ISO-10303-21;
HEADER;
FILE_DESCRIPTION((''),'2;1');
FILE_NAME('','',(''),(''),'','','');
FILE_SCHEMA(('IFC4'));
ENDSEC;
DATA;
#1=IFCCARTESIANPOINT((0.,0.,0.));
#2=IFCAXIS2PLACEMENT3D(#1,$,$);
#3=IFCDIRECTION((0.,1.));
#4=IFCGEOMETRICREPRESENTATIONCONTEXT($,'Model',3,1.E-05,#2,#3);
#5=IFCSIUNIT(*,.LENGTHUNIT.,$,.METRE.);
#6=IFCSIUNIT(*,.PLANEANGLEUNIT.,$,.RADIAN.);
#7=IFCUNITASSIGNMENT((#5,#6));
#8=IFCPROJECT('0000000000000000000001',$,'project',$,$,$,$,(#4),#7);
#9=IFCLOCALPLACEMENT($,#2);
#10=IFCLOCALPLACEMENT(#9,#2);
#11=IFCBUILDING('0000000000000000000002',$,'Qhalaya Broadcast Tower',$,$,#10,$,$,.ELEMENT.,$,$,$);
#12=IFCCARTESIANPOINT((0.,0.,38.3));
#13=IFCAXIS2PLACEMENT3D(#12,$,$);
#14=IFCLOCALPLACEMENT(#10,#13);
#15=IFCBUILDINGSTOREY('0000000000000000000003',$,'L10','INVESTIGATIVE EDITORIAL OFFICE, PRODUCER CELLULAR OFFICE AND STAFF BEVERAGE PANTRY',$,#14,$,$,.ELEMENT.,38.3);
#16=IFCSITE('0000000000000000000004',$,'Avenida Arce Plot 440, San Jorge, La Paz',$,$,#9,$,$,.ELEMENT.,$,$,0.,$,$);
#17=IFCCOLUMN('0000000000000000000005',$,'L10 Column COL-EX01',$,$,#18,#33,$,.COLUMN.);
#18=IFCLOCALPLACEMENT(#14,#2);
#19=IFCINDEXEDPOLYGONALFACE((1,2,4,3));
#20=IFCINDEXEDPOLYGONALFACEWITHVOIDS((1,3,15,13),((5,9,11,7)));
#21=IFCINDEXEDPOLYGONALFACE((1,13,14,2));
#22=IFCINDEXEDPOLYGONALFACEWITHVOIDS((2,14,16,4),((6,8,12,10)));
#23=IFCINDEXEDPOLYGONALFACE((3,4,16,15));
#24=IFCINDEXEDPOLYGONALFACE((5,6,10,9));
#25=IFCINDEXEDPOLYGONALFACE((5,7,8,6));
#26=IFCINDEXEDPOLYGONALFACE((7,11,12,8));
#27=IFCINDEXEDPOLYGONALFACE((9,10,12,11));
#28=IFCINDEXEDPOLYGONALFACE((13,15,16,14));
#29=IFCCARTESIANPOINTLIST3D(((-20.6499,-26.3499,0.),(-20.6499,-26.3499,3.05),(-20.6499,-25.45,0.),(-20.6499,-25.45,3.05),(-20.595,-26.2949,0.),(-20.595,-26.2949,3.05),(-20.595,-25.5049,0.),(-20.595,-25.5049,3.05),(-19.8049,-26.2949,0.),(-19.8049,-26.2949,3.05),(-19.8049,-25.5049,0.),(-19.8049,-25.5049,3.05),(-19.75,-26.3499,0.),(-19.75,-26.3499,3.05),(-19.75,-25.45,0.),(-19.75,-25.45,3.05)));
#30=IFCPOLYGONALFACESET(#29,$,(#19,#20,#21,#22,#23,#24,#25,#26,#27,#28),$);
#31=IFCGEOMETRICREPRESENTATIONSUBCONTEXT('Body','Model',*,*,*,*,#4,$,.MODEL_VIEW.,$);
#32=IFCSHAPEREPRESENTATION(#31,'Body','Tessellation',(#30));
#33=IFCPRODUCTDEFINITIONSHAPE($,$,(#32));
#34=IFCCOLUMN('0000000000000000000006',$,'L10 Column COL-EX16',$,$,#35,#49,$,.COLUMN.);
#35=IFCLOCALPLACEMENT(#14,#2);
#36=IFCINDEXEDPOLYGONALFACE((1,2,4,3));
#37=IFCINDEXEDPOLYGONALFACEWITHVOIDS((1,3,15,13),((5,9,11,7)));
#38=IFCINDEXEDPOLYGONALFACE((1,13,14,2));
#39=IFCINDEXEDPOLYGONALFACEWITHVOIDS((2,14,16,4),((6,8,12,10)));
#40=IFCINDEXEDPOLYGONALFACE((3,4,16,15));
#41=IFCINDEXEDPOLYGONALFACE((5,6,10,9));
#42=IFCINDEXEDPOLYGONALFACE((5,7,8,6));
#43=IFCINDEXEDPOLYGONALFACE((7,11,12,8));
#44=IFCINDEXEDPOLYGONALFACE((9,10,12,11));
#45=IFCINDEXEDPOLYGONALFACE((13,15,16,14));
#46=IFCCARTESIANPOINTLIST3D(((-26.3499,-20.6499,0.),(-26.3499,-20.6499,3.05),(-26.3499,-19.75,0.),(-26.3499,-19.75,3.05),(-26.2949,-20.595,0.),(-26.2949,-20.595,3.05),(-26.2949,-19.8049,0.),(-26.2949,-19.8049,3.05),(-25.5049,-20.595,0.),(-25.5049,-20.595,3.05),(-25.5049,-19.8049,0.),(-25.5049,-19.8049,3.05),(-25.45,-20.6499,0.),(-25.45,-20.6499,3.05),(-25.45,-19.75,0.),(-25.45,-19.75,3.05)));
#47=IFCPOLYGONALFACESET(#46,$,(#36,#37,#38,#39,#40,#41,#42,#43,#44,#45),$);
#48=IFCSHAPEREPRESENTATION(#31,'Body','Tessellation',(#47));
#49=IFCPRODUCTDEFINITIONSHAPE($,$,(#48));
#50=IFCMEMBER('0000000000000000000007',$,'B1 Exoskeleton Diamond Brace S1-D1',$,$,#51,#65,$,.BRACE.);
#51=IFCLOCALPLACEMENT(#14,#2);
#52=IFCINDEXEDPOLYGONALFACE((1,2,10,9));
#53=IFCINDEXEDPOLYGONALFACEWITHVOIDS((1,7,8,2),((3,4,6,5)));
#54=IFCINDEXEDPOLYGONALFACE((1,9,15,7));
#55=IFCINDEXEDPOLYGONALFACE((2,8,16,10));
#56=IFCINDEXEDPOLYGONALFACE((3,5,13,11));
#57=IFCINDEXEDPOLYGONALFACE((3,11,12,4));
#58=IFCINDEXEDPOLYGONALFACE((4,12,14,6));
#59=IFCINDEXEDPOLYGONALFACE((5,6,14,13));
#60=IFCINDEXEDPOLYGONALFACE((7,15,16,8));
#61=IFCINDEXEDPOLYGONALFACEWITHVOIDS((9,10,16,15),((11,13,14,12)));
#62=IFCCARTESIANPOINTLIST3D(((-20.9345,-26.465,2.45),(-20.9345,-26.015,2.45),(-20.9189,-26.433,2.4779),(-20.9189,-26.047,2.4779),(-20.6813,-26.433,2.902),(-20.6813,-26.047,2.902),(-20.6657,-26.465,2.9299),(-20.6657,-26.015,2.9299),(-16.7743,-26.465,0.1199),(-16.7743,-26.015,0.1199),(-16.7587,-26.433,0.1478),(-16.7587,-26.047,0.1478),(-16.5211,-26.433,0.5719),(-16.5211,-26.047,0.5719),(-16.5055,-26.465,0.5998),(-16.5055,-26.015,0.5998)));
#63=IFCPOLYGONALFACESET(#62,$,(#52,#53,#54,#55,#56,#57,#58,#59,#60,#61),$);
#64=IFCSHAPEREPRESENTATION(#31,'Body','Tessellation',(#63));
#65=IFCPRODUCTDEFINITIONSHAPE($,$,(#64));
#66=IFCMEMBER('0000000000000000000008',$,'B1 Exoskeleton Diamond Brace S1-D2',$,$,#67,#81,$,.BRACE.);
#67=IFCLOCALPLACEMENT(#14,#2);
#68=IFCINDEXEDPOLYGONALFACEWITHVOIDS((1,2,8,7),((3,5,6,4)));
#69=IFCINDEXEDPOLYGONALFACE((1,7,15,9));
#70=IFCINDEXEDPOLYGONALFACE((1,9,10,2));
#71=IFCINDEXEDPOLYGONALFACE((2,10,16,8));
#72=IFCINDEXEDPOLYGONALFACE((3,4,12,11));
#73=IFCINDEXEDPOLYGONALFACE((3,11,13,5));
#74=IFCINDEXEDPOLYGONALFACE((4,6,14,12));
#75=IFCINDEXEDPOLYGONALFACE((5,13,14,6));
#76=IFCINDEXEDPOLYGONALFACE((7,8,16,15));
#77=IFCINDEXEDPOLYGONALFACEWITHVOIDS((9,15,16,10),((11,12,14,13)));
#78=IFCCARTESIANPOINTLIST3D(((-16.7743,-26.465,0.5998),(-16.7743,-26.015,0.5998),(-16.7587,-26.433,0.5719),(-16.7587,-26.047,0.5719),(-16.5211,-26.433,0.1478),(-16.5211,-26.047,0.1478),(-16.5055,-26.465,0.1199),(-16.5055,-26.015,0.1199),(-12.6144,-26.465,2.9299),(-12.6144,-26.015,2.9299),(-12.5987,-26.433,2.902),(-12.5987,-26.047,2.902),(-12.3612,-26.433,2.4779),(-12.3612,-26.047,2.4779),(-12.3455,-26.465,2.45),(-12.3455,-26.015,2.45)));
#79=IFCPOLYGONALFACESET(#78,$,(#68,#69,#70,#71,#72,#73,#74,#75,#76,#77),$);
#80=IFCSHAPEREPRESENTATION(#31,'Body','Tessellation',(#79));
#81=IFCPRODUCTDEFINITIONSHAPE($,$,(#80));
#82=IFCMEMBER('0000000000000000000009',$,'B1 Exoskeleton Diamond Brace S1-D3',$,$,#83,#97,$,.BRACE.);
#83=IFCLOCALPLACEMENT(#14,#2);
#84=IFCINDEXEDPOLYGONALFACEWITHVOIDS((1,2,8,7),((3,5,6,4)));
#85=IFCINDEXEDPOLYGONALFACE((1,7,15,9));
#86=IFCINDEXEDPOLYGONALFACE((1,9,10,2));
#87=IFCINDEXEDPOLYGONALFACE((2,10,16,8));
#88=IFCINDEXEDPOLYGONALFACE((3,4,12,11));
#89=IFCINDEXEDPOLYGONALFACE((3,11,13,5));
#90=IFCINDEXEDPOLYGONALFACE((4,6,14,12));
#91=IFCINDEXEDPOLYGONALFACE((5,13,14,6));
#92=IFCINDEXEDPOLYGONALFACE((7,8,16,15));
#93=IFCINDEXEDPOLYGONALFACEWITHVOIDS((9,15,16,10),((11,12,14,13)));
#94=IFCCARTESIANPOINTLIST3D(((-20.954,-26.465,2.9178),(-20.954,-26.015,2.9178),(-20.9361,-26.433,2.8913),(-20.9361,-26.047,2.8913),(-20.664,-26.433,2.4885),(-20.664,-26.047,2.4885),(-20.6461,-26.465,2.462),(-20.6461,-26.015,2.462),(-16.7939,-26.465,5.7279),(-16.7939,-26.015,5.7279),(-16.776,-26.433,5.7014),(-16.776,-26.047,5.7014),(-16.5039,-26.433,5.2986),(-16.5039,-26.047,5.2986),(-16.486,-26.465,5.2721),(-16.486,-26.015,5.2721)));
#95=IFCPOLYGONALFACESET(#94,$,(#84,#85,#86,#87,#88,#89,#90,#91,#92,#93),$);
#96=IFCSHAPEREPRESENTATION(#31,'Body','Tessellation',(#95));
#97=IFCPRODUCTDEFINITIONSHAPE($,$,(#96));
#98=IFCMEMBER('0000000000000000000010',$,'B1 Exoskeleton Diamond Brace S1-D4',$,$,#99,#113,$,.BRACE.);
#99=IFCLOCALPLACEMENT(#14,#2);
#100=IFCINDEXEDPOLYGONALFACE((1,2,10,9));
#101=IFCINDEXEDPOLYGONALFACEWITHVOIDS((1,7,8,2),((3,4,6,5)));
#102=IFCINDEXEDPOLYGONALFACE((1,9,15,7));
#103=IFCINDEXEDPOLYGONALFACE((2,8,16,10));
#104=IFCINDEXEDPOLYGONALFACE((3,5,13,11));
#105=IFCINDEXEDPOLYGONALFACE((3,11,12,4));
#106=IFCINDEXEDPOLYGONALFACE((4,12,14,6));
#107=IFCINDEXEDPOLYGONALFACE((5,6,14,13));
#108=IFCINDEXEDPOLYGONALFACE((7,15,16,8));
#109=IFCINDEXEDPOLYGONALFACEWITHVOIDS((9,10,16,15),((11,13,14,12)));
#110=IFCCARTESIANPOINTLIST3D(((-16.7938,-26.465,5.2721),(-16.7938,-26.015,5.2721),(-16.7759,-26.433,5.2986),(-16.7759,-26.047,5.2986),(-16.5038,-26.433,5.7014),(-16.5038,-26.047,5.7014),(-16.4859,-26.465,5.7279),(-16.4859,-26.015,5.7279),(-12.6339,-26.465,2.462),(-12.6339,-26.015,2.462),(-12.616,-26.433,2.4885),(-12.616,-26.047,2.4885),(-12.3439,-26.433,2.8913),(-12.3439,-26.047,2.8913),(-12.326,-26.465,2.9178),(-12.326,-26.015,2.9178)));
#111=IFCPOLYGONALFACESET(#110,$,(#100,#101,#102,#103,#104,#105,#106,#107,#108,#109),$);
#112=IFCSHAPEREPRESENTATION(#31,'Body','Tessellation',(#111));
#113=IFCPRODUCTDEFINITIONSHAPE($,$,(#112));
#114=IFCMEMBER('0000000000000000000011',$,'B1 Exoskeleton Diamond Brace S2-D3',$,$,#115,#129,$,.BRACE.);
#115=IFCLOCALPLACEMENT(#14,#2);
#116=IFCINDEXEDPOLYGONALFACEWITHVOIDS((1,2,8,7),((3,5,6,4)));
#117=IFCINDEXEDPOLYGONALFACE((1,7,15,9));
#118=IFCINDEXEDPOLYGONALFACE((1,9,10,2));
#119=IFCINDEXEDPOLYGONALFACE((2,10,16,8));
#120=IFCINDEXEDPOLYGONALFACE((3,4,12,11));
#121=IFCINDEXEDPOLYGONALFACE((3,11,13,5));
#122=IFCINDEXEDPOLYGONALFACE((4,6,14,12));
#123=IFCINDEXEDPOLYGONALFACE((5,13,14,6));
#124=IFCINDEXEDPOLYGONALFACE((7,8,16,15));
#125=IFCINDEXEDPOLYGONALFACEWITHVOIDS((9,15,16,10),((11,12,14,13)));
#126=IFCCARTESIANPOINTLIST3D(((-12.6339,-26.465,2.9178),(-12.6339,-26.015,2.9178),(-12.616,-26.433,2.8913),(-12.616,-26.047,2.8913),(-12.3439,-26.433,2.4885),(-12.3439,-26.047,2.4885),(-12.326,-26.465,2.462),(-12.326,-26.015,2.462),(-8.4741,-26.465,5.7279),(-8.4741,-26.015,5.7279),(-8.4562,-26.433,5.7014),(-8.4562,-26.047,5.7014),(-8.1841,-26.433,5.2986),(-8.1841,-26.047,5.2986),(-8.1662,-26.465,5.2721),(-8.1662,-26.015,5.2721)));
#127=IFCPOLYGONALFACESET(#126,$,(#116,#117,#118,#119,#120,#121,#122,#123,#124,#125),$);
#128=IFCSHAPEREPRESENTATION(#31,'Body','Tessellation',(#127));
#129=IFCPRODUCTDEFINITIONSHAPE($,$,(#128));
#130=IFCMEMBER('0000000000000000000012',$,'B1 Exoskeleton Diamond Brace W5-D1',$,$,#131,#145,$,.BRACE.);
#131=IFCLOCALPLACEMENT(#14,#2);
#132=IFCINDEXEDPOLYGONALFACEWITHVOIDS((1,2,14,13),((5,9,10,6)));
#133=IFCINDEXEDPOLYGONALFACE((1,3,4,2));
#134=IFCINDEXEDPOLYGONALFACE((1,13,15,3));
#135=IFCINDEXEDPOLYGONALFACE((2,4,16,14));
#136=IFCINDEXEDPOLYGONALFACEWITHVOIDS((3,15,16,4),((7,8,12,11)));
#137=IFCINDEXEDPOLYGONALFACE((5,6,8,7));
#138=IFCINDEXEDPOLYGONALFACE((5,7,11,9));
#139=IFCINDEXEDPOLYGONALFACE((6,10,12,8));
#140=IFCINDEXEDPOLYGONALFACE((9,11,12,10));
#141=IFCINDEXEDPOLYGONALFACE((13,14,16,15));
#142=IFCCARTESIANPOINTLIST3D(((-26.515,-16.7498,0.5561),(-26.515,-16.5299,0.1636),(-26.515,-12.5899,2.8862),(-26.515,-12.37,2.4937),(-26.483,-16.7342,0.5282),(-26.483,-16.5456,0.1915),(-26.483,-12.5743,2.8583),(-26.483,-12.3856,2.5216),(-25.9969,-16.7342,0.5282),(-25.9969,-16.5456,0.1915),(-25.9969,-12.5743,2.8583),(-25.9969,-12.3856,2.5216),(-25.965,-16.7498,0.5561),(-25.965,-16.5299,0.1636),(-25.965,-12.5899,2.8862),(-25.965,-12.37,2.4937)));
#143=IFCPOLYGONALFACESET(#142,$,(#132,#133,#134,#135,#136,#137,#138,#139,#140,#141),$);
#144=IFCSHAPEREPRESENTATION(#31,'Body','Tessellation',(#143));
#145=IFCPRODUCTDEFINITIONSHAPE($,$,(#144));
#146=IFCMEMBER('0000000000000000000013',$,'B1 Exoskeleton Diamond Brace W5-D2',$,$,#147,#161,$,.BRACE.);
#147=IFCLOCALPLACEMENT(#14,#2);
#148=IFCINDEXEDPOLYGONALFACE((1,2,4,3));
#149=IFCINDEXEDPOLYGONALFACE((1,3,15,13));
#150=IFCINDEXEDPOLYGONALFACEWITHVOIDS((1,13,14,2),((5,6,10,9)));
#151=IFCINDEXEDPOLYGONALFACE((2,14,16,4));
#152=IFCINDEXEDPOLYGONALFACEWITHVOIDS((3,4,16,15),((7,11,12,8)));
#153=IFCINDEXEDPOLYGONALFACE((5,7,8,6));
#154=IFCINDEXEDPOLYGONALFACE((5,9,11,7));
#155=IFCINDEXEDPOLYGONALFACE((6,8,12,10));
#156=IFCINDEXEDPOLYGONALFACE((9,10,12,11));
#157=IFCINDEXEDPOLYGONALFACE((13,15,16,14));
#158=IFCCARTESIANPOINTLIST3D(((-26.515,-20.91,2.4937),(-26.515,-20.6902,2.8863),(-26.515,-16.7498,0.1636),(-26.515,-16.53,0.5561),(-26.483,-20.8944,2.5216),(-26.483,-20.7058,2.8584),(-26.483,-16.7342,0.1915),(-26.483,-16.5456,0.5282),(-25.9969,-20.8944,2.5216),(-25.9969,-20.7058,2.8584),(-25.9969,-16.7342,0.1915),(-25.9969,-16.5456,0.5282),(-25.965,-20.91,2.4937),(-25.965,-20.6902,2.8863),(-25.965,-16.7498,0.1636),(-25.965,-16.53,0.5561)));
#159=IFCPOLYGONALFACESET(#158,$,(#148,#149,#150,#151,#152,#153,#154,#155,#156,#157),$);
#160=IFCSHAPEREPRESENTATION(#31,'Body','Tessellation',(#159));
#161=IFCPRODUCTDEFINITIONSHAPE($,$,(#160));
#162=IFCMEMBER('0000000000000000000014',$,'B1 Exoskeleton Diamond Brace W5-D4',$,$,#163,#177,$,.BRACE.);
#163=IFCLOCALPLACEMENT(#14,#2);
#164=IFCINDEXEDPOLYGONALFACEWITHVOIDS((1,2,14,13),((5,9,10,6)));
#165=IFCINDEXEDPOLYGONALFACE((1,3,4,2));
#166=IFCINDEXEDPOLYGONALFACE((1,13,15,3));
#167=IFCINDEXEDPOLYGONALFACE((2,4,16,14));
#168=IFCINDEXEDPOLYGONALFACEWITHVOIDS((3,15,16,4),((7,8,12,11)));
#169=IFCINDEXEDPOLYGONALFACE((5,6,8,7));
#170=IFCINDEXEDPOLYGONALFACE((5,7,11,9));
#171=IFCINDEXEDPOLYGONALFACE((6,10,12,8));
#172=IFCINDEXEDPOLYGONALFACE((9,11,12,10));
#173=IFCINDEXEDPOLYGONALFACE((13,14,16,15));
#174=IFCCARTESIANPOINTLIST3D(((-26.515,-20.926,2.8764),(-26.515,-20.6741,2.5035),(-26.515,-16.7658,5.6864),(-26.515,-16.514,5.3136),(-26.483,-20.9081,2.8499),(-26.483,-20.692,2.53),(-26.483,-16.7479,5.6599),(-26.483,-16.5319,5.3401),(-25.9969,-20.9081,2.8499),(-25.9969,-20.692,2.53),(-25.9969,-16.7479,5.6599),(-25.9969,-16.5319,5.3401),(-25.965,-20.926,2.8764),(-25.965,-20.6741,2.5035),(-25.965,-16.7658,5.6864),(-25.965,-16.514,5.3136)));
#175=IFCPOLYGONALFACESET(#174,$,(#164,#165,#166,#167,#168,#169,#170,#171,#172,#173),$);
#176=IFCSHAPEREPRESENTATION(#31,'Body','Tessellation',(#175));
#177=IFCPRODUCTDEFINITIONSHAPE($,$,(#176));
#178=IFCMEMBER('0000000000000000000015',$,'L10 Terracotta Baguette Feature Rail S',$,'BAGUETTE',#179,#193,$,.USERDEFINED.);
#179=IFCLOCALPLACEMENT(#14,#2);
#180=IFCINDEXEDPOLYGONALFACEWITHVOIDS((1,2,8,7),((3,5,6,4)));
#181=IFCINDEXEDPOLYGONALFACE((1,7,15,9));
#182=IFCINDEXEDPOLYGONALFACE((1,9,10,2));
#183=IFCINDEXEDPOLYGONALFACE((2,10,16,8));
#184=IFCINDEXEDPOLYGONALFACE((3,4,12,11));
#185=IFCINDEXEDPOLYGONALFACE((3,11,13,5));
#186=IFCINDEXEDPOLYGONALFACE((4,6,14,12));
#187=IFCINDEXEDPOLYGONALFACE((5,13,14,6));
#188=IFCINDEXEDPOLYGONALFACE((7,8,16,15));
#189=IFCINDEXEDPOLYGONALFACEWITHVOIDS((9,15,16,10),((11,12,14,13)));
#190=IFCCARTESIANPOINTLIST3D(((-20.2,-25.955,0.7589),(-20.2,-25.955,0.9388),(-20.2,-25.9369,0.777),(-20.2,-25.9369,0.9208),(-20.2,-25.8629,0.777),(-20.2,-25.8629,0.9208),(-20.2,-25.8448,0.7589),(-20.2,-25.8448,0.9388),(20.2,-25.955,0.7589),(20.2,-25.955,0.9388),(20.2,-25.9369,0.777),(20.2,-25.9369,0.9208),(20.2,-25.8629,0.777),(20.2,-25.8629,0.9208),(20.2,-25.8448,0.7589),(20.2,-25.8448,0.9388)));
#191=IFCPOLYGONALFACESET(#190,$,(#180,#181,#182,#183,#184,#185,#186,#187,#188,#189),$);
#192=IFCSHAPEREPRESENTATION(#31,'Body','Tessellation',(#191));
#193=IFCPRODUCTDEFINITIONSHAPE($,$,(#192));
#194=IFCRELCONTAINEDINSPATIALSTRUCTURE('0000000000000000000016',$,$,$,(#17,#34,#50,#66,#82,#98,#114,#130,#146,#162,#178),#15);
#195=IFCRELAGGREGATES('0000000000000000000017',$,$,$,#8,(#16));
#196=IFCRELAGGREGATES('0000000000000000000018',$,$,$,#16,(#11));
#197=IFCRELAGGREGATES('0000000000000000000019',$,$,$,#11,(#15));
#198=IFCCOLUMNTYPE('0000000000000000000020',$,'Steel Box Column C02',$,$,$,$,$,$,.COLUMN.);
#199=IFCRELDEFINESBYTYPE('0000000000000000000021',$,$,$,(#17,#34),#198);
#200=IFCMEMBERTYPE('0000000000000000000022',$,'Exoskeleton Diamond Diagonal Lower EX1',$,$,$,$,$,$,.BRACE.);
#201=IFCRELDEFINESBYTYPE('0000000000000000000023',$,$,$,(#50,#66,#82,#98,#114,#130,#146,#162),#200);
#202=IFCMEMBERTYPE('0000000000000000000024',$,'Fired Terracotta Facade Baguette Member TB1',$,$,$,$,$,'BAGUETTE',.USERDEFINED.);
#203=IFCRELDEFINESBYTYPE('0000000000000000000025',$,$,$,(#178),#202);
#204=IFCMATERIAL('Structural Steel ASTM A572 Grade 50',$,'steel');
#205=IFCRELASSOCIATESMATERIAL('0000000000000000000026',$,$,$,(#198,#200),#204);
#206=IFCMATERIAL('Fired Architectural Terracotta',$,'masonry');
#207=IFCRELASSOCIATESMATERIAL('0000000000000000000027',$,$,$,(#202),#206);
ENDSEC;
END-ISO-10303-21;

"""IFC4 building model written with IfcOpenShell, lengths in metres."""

from ifc_helpers import new_model, si_unit, direction, frame, origin, origin_2d, place, context, subcontext, project, spatial, hollow_rectangle, extrude, material, material_profile, profile_set, type_object, element, save


model = new_model("IFC4")

# Units and contexts
model_context = context("Model", 3, precision=1e-05, world=origin(), true_north=direction((0.0, 1.0)))
body_context = subcontext(model_context, "Body", "Model", "MODEL_VIEW")
ifc_project = project(units=[si_unit("LENGTHUNIT", "METRE"), si_unit("PLANEANGLEUNIT", "RADIAN")], contexts=[model_context])

# Site, building, storey
site_placement = place(None, origin())
site = spatial("IfcSite", under=ifc_project, at=site_placement, Name="Avenida Arce Plot 440, San Jorge, La Paz", CompositionType="ELEMENT", RefElevation=0.0)
building_placement = place(site_placement, origin())
building = spatial("IfcBuilding", under=site, at=building_placement, Name="Qhalaya Broadcast Tower", CompositionType="ELEMENT")
storey_placement = place(building_placement, frame((0.0, 0.0, 38.3)))
storey = spatial("IfcBuildingStorey", under=building, at=storey_placement, Name="L10", Description="INVESTIGATIVE EDITORIAL OFFICE, PRODUCER CELLULAR OFFICE AND STAFF BEVERAGE PANTRY", CompositionType="ELEMENT", Elevation=38.3)

# Columns
ifc_material_1 = material(Name="Structural Steel ASTM A572 Grade 50", Category="steel")
ifc_material_profile_1 = material_profile(ifc_material_1, hollow_rectangle(XDim=0.8999, YDim=0.8999, WallThickness=0.0549, at=origin_2d()), Name="BOX 900x900x55")
ifc_profile_set_1 = profile_set([ifc_material_profile_1], Name="Structural Steel ASTM A572 Grade 50")
column_type = type_object("IfcColumnType", Name="Steel Box Column C02", PredefinedType="COLUMN", material=ifc_profile_set_1)
for number, where, z_axis, x_axis, name in (
    (1, (-20.2, -25.8999, 0.0), (0.0, 0.0, 1.0), (1.0, 0.0, 0.0), "L10 Column COL-EX01"),
    (2, (-25.8999, -20.2, 0.0), (0.0, 0.0, 1.0), (0.0, 1.0, 0.0), "L10 Column COL-EX16"),
):
    element("IfcColumn", number, at=place(storey_placement, frame(where, z_axis=z_axis, x_axis=x_axis)), inside=storey, type_object=column_type, Name=name, PredefinedType="COLUMN", context=body_context, shape_type="SweptSolid", body=[
        extrude(hollow_rectangle(XDim=0.8999, YDim=0.8999, WallThickness=0.0549, at=origin_2d()), origin(), (0.0, 0.0, 1.0), 3.05),
    ])

# Members
ifc_material_profile_2 = material_profile(ifc_material_1, hollow_rectangle(XDim=0.45, YDim=0.55, WallThickness=0.032, at=origin_2d()), Name="BOX 450x550x32")
ifc_profile_set_2 = profile_set([ifc_material_profile_2], Name="Structural Steel ASTM A572 Grade 50")
member_type_1 = type_object("IfcMemberType", Name="Exoskeleton Diamond Diagonal Lower EX1", PredefinedType="BRACE", material=ifc_profile_set_2)
member_1_placement = place(storey_placement, frame((-16.6399, -26.24, 0.3599), z_axis=(-0.872471, 0.0, 0.488666), x_axis=(0.0, -1.0, 0.0)))
element("IfcMember", 3, at=member_1_placement, inside=storey, type_object=member_type_1, Name="B1 Exoskeleton Diamond Brace S1-D1", PredefinedType="BRACE", context=body_context, shape_type="SweptSolid", body=[
    extrude(hollow_rectangle(XDim=0.45, YDim=0.55, WallThickness=0.032, at=origin_2d()), origin(), (0.0, 0.0, 1.0), 4.7683),
])
member_2_placement = place(storey_placement, frame((-16.6399, -26.24, 0.3599), z_axis=(0.872459, 0.0, 0.488688), x_axis=(0.0, 1.0, 0.0)))
element("IfcMember", 4, at=member_2_placement, inside=storey, type_object=member_type_1, Name="B1 Exoskeleton Diamond Brace S1-D2", PredefinedType="BRACE", context=body_context, shape_type="SweptSolid", body=[
    extrude(hollow_rectangle(XDim=0.45, YDim=0.55, WallThickness=0.032, at=origin_2d()), origin(), (0.0, 0.0, 1.0), 4.7681),
])
member_3_placement = place(storey_placement, frame((-20.8, -26.24, 2.6899), z_axis=(0.828668, 0.0, 0.55974), x_axis=(0.0, 1.0, 0.0)))
element("IfcMember", 5, at=member_3_placement, inside=storey, type_object=member_type_1, Name="B1 Exoskeleton Diamond Brace S1-D3", PredefinedType="BRACE", context=body_context, shape_type="SweptSolid", body=[
    extrude(hollow_rectangle(XDim=0.45, YDim=0.55, WallThickness=0.032, at=origin_2d()), origin(), (0.0, 0.0, 1.0), 5.0203),
])
for number, where, z_axis, x_axis, name in (
    (6, (-12.48, -26.24, 2.6899), (-0.828653, 0.0, 0.559763), (0.0, -1.0, 0.0), "B1 Exoskeleton Diamond Brace S1-D4"),
    (7, (-12.48, -26.24, 2.6899), (0.828653, 0.0, 0.559763), (0.0, 1.0, 0.0), "B1 Exoskeleton Diamond Brace S2-D3"),
):
    element("IfcMember", number, at=place(storey_placement, frame(where, z_axis=z_axis, x_axis=x_axis)), inside=storey, type_object=member_type_1, Name=name, PredefinedType="BRACE", context=body_context, shape_type="SweptSolid", body=[
        extrude(hollow_rectangle(XDim=0.45, YDim=0.55, WallThickness=0.032, at=origin_2d()), origin(), (0.0, 0.0, 1.0), 5.02),
    ])
member_4_placement = place(storey_placement, frame((-26.24, -16.6399, 0.3599), z_axis=(0.0, 0.872459, 0.488688), x_axis=(0.0, -0.488688, 0.872459)))
element("IfcMember", 8, at=member_4_placement, inside=storey, type_object=member_type_1, Name="B1 Exoskeleton Diamond Brace W5-D1", PredefinedType="BRACE", context=body_context, shape_type="SweptSolid", body=[
    extrude(hollow_rectangle(XDim=0.45, YDim=0.55, WallThickness=0.032, at=origin_2d()), origin(), (0.0, 0.0, 1.0), 4.7681),
])
member_5_placement = place(storey_placement, frame((-26.24, -16.6399, 0.3599), z_axis=(0.0, -0.872471, 0.488666), x_axis=(0.0, 0.488666, 0.872471)))
element("IfcMember", 9, at=member_5_placement, inside=storey, type_object=member_type_1, Name="B1 Exoskeleton Diamond Brace W5-D2", PredefinedType="BRACE", context=body_context, shape_type="SweptSolid", body=[
    extrude(hollow_rectangle(XDim=0.45, YDim=0.55, WallThickness=0.032, at=origin_2d()), origin(), (0.0, 0.0, 1.0), 4.7683),
])
member_6_placement = place(storey_placement, frame((-26.24, -20.8, 2.6899), z_axis=(0.0, 0.828668, 0.55974), x_axis=(0.0, -0.55974, 0.828668)))
element("IfcMember", 10, at=member_6_placement, inside=storey, type_object=member_type_1, Name="B1 Exoskeleton Diamond Brace W5-D4", PredefinedType="BRACE", context=body_context, shape_type="SweptSolid", body=[
    extrude(hollow_rectangle(XDim=0.45, YDim=0.55, WallThickness=0.032, at=origin_2d()), origin(), (0.0, 0.0, 1.0), 5.0203),
])
ifc_material_2 = material(Name="Fired Architectural Terracotta", Category="masonry")
ifc_material_profile_3 = material_profile(ifc_material_2, hollow_rectangle(XDim=0.1101, YDim=0.1799, WallThickness=0.0181, at=origin_2d()), Name="TB-BAG 110x180x18")
ifc_profile_set_3 = profile_set([ifc_material_profile_3], Name="Fired Architectural Terracotta")
member_type_2 = type_object("IfcMemberType", Name="Fired Terracotta Facade Baguette Member TB1", ElementType="BAGUETTE", PredefinedType="USERDEFINED", material=ifc_profile_set_3)
member_7_placement = place(storey_placement, frame((-20.2, -25.8999, 0.8489), z_axis=(1.0, 0.0, 0.0), x_axis=(0.0, 1.0, 0.0)))
element("IfcMember", 11, at=member_7_placement, inside=storey, type_object=member_type_2, Name="L10 Terracotta Baguette Feature Rail S", ObjectType="BAGUETTE", PredefinedType="USERDEFINED", context=body_context, shape_type="SweptSolid", body=[
    extrude(hollow_rectangle(XDim=0.1101, YDim=0.1799, WallThickness=0.0181, at=origin_2d()), origin(), (0.0, 0.0, 1.0), 40.3999),
])

save(model, "model.ifc")
